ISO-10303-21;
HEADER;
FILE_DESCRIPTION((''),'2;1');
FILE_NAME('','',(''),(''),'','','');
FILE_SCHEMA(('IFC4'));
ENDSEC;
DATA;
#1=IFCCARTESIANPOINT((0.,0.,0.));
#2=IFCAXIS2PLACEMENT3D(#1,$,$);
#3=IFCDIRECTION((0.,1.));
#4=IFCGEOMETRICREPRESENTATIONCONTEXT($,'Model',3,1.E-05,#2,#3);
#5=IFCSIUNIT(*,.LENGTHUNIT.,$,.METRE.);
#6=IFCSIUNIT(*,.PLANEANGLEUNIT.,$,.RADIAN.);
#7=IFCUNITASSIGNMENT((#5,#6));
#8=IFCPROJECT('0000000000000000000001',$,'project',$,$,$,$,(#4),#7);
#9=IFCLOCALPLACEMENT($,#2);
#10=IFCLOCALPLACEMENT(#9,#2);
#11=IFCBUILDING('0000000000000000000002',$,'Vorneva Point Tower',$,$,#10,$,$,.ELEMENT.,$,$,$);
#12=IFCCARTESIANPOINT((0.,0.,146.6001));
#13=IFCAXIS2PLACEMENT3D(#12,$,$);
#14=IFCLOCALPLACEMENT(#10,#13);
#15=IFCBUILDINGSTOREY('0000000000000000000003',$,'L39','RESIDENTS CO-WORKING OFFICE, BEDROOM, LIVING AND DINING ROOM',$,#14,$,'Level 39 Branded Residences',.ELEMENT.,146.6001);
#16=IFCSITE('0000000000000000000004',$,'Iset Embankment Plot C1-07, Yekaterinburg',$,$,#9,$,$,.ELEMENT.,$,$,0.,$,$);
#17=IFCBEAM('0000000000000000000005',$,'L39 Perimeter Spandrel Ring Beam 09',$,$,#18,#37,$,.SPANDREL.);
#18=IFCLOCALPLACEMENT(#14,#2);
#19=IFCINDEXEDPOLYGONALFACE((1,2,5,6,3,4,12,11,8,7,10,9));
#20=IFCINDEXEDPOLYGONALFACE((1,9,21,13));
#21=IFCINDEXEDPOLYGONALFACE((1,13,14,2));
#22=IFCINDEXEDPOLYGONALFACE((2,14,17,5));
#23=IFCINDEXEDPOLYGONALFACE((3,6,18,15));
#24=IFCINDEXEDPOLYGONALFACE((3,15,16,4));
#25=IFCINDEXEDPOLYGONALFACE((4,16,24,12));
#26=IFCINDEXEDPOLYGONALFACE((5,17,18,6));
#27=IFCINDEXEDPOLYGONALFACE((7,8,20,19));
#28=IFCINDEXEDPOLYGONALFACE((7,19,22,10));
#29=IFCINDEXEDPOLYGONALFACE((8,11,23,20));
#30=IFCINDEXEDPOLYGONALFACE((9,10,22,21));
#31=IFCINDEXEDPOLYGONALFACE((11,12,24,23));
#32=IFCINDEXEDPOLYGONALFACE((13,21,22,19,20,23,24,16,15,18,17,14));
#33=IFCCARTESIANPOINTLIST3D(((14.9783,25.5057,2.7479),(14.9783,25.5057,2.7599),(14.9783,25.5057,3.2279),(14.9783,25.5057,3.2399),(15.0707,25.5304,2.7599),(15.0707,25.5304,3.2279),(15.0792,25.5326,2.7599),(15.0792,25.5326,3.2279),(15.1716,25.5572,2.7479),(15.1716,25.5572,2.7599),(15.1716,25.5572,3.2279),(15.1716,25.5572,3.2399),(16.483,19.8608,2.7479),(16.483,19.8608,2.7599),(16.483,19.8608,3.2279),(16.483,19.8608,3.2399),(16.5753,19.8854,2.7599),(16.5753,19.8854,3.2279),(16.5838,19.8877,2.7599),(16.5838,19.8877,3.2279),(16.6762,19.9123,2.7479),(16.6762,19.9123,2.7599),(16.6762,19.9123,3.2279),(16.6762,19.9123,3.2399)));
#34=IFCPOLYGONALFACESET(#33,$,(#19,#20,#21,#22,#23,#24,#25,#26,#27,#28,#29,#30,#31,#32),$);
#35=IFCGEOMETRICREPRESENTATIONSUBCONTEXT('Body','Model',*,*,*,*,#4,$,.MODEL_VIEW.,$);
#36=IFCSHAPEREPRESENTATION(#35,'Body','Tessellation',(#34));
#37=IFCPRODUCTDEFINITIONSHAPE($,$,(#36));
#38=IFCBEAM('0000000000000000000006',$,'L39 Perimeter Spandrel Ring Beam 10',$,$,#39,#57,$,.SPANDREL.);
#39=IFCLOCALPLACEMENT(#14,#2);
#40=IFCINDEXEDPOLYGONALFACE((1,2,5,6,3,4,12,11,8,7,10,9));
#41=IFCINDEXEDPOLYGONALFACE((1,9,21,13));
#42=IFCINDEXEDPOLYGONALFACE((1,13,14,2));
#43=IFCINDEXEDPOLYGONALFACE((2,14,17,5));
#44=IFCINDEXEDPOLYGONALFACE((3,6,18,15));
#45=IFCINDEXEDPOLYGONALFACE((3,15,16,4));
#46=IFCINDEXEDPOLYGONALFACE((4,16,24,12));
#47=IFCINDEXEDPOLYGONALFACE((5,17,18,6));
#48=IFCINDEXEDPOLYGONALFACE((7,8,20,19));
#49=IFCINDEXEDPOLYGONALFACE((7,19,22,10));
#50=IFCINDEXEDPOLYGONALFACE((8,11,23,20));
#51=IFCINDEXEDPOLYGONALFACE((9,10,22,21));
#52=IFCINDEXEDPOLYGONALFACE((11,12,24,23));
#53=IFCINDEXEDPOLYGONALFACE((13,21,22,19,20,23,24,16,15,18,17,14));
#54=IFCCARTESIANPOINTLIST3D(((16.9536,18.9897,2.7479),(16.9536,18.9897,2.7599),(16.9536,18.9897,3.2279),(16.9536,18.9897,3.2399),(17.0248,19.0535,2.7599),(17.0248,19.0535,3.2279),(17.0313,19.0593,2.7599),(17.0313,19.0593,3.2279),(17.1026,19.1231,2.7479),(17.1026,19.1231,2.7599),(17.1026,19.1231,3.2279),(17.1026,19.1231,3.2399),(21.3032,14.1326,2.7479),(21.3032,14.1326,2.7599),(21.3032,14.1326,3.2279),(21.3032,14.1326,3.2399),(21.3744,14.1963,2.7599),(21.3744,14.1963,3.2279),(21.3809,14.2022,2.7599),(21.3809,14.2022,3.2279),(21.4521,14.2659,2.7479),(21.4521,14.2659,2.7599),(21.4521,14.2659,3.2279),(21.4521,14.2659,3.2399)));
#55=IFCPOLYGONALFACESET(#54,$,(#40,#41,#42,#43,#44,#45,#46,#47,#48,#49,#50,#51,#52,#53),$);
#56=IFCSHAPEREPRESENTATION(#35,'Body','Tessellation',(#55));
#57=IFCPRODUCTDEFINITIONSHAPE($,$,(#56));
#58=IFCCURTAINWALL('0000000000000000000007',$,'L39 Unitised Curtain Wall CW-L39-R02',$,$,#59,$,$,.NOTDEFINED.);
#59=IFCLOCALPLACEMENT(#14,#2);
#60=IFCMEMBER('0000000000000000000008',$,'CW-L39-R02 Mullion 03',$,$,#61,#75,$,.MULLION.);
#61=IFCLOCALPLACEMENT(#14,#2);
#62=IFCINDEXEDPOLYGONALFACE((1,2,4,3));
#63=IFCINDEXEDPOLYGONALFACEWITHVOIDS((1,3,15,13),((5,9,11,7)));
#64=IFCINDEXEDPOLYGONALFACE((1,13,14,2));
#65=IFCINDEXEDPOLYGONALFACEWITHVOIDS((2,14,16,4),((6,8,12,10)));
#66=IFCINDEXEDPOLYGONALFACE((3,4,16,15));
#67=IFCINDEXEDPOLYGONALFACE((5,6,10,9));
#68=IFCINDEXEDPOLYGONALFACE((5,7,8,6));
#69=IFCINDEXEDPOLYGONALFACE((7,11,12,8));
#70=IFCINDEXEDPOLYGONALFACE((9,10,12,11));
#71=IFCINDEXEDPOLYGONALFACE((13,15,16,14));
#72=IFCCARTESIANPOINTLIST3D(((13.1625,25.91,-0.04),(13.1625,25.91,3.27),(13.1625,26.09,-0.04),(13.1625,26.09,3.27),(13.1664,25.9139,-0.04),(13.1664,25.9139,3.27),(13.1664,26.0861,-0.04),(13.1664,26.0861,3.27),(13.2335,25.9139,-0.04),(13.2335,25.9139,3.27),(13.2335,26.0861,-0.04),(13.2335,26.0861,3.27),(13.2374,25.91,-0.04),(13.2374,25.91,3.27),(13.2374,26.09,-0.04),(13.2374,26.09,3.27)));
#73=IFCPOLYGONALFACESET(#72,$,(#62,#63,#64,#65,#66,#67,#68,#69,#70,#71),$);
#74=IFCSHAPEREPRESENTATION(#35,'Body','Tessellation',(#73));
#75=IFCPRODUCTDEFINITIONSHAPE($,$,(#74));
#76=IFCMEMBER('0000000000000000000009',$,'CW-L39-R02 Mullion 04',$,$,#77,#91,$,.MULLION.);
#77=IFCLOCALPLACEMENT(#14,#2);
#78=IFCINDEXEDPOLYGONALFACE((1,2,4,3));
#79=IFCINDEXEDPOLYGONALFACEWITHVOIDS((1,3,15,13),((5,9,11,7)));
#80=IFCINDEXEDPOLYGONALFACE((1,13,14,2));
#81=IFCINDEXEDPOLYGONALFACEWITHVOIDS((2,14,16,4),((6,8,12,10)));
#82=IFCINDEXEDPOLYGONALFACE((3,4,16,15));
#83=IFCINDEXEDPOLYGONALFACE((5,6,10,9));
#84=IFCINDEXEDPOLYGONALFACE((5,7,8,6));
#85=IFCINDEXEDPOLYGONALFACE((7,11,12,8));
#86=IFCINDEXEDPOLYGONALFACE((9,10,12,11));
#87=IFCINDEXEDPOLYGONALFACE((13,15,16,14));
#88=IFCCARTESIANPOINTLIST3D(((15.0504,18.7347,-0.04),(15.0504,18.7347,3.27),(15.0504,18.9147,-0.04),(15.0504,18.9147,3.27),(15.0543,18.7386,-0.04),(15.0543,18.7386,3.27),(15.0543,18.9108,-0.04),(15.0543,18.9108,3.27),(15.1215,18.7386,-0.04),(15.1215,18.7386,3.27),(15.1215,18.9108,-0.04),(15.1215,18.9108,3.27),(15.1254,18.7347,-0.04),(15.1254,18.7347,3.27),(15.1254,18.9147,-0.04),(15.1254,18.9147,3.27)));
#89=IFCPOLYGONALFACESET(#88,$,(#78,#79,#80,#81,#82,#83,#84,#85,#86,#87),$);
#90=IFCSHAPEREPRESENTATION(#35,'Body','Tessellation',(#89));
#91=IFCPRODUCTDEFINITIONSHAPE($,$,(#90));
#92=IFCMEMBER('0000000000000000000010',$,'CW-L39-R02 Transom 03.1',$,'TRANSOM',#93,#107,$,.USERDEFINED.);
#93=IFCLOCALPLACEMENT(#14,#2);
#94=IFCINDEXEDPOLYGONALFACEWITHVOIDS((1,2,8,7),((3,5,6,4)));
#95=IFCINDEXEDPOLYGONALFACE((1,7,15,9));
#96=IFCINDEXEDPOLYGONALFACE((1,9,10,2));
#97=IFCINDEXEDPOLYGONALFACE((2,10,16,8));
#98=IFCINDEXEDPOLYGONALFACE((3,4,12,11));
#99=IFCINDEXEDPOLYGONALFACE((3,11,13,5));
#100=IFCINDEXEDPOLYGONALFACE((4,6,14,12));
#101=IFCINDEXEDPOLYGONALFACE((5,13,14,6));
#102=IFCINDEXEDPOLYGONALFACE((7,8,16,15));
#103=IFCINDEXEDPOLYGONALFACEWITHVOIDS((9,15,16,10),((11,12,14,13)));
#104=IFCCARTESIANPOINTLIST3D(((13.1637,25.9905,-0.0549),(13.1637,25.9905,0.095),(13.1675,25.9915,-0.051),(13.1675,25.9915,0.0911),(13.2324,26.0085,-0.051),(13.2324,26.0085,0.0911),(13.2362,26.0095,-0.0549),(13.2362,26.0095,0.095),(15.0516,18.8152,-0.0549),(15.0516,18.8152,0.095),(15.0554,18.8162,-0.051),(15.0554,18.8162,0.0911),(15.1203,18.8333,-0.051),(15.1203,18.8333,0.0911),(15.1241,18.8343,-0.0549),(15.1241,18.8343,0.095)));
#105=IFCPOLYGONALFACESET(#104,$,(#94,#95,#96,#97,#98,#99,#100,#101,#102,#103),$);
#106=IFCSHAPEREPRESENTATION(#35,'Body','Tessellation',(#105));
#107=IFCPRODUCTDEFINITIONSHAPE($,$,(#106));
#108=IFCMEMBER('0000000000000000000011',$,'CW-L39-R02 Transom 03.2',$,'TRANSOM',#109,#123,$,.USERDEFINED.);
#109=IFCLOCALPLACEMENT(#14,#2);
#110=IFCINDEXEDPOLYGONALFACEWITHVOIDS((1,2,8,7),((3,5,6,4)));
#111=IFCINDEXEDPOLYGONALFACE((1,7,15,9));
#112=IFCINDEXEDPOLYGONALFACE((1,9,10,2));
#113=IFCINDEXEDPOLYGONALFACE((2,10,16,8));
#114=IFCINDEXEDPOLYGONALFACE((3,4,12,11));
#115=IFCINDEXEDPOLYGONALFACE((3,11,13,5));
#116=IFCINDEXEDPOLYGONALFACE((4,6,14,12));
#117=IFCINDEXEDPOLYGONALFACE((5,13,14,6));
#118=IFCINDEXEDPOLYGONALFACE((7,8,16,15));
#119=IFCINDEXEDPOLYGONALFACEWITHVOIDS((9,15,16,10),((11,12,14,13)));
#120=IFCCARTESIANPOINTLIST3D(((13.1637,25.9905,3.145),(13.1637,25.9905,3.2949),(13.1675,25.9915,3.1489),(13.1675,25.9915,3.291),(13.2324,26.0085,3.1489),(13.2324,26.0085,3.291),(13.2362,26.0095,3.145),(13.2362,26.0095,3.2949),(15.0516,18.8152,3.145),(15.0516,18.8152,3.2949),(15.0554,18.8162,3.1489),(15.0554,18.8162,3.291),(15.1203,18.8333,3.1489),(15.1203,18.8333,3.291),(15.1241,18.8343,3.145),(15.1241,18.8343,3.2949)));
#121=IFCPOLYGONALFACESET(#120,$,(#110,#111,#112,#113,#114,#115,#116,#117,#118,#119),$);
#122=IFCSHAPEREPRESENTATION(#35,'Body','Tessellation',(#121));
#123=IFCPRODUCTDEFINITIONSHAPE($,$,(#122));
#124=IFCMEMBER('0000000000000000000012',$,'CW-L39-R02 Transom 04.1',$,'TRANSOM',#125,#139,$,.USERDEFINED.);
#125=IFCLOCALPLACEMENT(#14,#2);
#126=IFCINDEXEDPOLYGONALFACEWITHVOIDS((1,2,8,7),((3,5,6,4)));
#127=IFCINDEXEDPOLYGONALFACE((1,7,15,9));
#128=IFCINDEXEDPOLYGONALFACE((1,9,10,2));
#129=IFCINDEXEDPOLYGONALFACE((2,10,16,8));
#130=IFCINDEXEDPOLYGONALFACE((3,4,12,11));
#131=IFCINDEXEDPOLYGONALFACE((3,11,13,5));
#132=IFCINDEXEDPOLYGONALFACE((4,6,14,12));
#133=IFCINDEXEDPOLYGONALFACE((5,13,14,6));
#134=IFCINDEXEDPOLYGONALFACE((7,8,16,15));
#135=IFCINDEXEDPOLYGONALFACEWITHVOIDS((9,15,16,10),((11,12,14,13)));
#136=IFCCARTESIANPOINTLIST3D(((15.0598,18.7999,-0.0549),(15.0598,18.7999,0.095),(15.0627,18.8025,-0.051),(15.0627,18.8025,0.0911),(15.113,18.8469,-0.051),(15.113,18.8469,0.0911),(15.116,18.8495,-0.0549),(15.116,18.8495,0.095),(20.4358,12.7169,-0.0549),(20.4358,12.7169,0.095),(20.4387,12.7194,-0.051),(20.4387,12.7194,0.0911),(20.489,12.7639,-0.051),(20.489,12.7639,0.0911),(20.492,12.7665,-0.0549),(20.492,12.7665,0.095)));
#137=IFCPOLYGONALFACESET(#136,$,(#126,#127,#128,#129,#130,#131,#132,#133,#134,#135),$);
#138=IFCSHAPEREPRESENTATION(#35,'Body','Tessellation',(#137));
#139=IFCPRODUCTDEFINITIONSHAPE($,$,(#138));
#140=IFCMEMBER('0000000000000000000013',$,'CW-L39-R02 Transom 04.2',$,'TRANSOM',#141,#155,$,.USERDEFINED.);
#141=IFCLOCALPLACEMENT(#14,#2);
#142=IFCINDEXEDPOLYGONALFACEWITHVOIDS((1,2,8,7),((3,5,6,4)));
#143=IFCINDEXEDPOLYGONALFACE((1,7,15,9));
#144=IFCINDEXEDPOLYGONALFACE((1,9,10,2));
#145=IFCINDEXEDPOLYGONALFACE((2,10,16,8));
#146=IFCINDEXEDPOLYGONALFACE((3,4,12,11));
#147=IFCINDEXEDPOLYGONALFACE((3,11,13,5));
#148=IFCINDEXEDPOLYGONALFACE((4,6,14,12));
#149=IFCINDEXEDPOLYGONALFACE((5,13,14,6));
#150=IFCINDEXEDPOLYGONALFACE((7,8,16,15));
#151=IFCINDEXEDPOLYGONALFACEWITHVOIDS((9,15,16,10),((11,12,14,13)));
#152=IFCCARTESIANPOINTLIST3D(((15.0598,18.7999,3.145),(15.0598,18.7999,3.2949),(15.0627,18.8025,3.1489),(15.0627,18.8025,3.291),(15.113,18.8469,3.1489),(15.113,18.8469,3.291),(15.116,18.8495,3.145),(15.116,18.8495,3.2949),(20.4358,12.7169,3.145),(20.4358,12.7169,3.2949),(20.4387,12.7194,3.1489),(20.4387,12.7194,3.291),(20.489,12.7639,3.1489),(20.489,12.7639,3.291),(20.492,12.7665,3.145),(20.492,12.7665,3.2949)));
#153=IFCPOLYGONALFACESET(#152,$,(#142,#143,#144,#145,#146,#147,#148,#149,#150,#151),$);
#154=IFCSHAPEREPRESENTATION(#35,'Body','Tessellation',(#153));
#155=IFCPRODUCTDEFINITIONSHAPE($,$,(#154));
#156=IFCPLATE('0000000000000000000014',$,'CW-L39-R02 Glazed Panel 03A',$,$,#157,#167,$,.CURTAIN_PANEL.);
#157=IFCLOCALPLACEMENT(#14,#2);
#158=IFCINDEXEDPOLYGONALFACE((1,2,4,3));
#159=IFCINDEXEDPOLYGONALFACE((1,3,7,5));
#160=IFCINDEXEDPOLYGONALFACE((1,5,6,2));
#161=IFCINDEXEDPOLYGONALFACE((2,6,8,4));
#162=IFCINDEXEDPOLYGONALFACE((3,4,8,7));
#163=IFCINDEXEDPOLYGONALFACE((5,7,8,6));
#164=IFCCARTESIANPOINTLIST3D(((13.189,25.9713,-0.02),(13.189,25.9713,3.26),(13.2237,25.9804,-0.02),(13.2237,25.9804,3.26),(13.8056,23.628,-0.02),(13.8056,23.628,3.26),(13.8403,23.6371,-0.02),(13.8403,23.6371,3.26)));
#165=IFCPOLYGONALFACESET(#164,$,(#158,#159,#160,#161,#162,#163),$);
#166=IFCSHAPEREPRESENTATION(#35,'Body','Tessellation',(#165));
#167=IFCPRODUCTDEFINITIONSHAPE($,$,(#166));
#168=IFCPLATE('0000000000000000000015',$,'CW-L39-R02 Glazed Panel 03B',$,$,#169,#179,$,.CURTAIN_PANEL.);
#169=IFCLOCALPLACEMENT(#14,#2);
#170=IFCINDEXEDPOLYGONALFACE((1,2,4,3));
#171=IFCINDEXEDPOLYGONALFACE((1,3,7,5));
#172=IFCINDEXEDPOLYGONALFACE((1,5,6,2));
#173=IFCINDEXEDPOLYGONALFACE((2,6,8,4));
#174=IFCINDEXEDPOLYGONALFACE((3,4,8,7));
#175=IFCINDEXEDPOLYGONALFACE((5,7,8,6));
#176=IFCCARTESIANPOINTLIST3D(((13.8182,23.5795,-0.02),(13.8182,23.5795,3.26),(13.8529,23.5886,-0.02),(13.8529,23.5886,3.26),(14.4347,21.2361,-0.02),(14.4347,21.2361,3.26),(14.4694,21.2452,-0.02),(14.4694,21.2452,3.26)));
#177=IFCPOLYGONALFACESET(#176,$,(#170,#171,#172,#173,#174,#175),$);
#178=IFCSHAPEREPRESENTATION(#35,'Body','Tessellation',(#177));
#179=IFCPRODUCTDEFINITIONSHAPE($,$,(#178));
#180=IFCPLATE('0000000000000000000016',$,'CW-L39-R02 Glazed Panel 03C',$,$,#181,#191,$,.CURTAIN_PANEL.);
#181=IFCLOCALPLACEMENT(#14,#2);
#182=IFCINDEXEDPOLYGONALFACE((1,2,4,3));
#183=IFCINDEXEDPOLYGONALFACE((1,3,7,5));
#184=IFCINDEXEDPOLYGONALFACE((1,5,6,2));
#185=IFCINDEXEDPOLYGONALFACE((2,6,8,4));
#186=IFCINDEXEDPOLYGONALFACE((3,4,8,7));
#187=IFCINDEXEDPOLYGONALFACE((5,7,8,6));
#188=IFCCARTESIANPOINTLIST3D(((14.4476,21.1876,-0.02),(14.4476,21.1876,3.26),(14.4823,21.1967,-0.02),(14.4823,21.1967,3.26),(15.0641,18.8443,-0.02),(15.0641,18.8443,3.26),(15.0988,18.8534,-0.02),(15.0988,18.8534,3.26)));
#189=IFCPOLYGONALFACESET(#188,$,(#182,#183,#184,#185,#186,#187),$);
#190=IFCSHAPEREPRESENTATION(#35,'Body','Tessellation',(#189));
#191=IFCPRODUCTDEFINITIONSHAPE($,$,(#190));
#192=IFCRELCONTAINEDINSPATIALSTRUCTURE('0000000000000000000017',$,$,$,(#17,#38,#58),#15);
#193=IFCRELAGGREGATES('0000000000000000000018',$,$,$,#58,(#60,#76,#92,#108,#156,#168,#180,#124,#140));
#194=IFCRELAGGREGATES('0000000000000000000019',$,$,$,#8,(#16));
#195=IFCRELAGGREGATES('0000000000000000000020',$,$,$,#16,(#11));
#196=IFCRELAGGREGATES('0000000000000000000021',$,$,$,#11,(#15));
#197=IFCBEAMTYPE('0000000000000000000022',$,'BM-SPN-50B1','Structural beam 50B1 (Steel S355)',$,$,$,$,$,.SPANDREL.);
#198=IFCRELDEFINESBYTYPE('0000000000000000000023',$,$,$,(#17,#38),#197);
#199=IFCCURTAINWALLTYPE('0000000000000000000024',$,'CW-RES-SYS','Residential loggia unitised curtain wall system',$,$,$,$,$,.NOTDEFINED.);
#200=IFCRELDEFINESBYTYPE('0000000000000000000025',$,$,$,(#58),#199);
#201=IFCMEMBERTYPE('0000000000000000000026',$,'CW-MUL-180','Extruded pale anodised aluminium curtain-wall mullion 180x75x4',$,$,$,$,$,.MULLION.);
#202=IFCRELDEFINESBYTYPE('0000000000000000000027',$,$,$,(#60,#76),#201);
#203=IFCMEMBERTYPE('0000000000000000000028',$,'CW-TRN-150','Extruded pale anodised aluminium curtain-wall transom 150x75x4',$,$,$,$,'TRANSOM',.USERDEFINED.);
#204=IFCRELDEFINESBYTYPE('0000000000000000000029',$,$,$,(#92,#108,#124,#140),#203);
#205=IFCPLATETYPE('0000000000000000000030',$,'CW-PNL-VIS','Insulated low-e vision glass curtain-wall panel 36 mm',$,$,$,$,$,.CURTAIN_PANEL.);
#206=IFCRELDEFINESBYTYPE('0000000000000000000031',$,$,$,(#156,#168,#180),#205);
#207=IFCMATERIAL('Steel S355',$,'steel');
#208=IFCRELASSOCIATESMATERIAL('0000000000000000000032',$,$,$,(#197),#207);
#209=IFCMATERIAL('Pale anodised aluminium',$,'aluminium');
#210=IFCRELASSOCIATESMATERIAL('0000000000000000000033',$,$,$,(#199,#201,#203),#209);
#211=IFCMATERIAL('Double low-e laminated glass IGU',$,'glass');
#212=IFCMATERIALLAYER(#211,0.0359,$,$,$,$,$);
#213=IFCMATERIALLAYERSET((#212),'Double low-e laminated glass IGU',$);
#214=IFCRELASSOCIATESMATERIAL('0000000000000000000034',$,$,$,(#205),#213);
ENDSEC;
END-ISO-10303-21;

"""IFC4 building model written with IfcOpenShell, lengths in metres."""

from ifc_helpers import new_model, si_unit, direction, frame, origin, origin_2d, place, context, subcontext, project, spatial, rectangle, hollow_rectangle, i_section, extrude, material, layer, layer_set, material_profile, profile_set, type_object, element, aggregate, save


model = new_model("IFC4")

# Units and contexts
model_context = context("Model", 3, precision=1e-05, world=origin(), true_north=direction((0.0, 1.0)))
body_context = subcontext(model_context, "Body", "Model", "MODEL_VIEW")
ifc_project = project(units=[si_unit("LENGTHUNIT", "METRE"), si_unit("PLANEANGLEUNIT", "RADIAN")], contexts=[model_context])

# Site, building, storey
site_placement = place(None, origin())
site = spatial("IfcSite", under=ifc_project, at=site_placement, Name="Iset Embankment Plot C1-07, Yekaterinburg", CompositionType="ELEMENT", RefElevation=0.0)
building_placement = place(site_placement, origin())
building = spatial("IfcBuilding", under=site, at=building_placement, Name="Vorneva Point Tower", CompositionType="ELEMENT")
storey_placement = place(building_placement, frame((0.0, 0.0, 146.6001)))
storey = spatial("IfcBuildingStorey", under=building, at=storey_placement, Name="L39", Description="RESIDENTS CO-WORKING OFFICE, BEDROOM, LIVING AND DINING ROOM", LongName="Level 39 Branded Residences", CompositionType="ELEMENT", Elevation=146.6001)

# Beams
ifc_material_1 = material(Name="Steel S355", Category="steel")
ifc_material_profile_1 = material_profile(ifc_material_1, i_section(OverallWidth=0.2, OverallDepth=0.4919, WebThickness=0.0088, FlangeThickness=0.012, at=origin_2d()), Name="50B1")
ifc_profile_set_1 = profile_set([ifc_material_profile_1], Name="Steel S355")
beam_type_1 = type_object("IfcBeamType", Name="BM-SPN-50B1", Description="Structural beam 50B1 (Steel S355)", PredefinedType="SPANDREL", material=ifc_profile_set_1)
beam_1_placement = place(storey_placement, frame((15.075, 25.5315, 2.9939), z_axis=(0.257551, -0.966265, 0.0), x_axis=(0.966265, 0.257551, 0.0)))
element("IfcBeam", 1, at=beam_1_placement, inside=storey, type_object=beam_type_1, Name="L39 Perimeter Spandrel Ring Beam 09", PredefinedType="SPANDREL", context=body_context, shape_type="SweptSolid", body=[
    extrude(i_section(OverallWidth=0.2, OverallDepth=0.4919, WebThickness=0.0088, FlangeThickness=0.012, at=origin_2d()), origin(), (0.0, 0.0, 1.0), 5.842),
])
beam_2_placement = place(storey_placement, frame((17.0281, 19.0564, 2.9939), z_axis=(0.667111, -0.744958, 0.0), x_axis=(0.744958, 0.667111, 0.0)))
element("IfcBeam", 2, at=beam_2_placement, inside=storey, type_object=beam_type_1, Name="L39 Perimeter Spandrel Ring Beam 10", PredefinedType="SPANDREL", context=body_context, shape_type="SweptSolid", body=[
    extrude(i_section(OverallWidth=0.2, OverallDepth=0.4919, WebThickness=0.0088, FlangeThickness=0.012, at=origin_2d()), origin(), (0.0, 0.0, 1.0), 6.52),
])

# Curtain wall, members, plates
ifc_material_2 = material(Name="Pale anodised aluminium", Category="aluminium")
curtain_wall_type = type_object("IfcCurtainWallType", Name="CW-RES-SYS", Description="Residential loggia unitised curtain wall system", PredefinedType="NOTDEFINED", material=ifc_material_2)
curtain_wall_placement = place(storey_placement, origin())
curtain_wall = element("IfcCurtainWall", 3, at=curtain_wall_placement, inside=storey, type_object=curtain_wall_type, Name="L39 Unitised Curtain Wall CW-L39-R02", PredefinedType="NOTDEFINED")
ifc_material_profile_2 = material_profile(ifc_material_2, hollow_rectangle(XDim=0.075, YDim=0.1799, WallThickness=0.0039, at=origin_2d()), Name="AL-MUL 180x75x4")
ifc_profile_set_2 = profile_set([ifc_material_profile_2], Name="Pale anodised aluminium")
member_type_1 = type_object("IfcMemberType", Name="CW-MUL-180", Description="Extruded pale anodised aluminium curtain-wall mullion 180x75x4", PredefinedType="MULLION", material=ifc_profile_set_2)
member_1_placement = place(storey_placement, frame((13.2, 26.0, -0.04), z_axis=(0.0, 0.0, 1.0), x_axis=(1.0, 0.0, 0.0)))
member_1 = element("IfcMember", 4, at=member_1_placement, type_object=member_type_1, Name="CW-L39-R02 Mullion 03", PredefinedType="MULLION", context=body_context, shape_type="SweptSolid", body=[
    extrude(hollow_rectangle(XDim=0.075, YDim=0.1799, WallThickness=0.0039, at=origin_2d()), origin(), (0.0, 0.0, 1.0), 3.3101),
])
member_2_placement = place(storey_placement, frame((15.0879, 18.8247, -0.04), z_axis=(0.0, 0.0, 1.0), x_axis=(1.0, 0.0, 0.0)))
member_2 = element("IfcMember", 5, at=member_2_placement, type_object=member_type_1, Name="CW-L39-R02 Mullion 04", PredefinedType="MULLION", context=body_context, shape_type="SweptSolid", body=[
    extrude(hollow_rectangle(XDim=0.075, YDim=0.1799, WallThickness=0.0039, at=origin_2d()), origin(), (0.0, 0.0, 1.0), 3.3101),
])
ifc_material_profile_3 = material_profile(ifc_material_2, hollow_rectangle(XDim=0.075, YDim=0.1499, WallThickness=0.0039, at=origin_2d()), Name="AL-TRN 150x75x4")
ifc_profile_set_3 = profile_set([ifc_material_profile_3], Name="Pale anodised aluminium")
member_type_2 = type_object("IfcMemberType", Name="CW-TRN-150", Description="Extruded pale anodised aluminium curtain-wall transom 150x75x4", ElementType="TRANSOM", PredefinedType="USERDEFINED", material=ifc_profile_set_3)
member_3_placement = place(storey_placement, frame((13.2, 26.0, 0.02), z_axis=(0.254456, -0.967084, 0.0), x_axis=(0.967084, 0.254456, 0.0)))
member_3 = element("IfcMember", 6, at=member_3_placement, type_object=member_type_2, Name="CW-L39-R02 Transom 03.1", ObjectType="TRANSOM", PredefinedType="USERDEFINED", context=body_context, shape_type="SweptSolid", body=[
    extrude(hollow_rectangle(XDim=0.075, YDim=0.1499, WallThickness=0.0039, at=origin_2d()), origin(), (0.0, 0.0, 1.0), 7.4194),
])
member_4_placement = place(storey_placement, frame((13.2, 26.0, 3.22), z_axis=(0.254456, -0.967084, 0.0), x_axis=(0.967084, 0.254456, 0.0)))
member_4 = element("IfcMember", 7, at=member_4_placement, type_object=member_type_2, Name="CW-L39-R02 Transom 03.2", ObjectType="TRANSOM", PredefinedType="USERDEFINED", context=body_context, shape_type="SweptSolid", body=[
    extrude(hollow_rectangle(XDim=0.075, YDim=0.1499, WallThickness=0.0039, at=origin_2d()), origin(), (0.0, 0.0, 1.0), 7.4194),
])
member_5_placement = place(storey_placement, frame((15.0879, 18.8247, 0.02), z_axis=(0.662218, -0.749311, 0.0), x_axis=(0.749311, 0.662218, 0.0)))
member_5 = element("IfcMember", 8, at=member_5_placement, type_object=member_type_2, Name="CW-L39-R02 Transom 04.1", ObjectType="TRANSOM", PredefinedType="USERDEFINED", context=body_context, shape_type="SweptSolid", body=[
    extrude(hollow_rectangle(XDim=0.075, YDim=0.1499, WallThickness=0.0039, at=origin_2d()), origin(), (0.0, 0.0, 1.0), 8.1182),
])
member_6_placement = place(storey_placement, frame((15.0879, 18.8247, 3.22), z_axis=(0.662218, -0.749311, 0.0), x_axis=(0.749311, 0.662218, 0.0)))
member_6 = element("IfcMember", 9, at=member_6_placement, type_object=member_type_2, Name="CW-L39-R02 Transom 04.2", ObjectType="TRANSOM", PredefinedType="USERDEFINED", context=body_context, shape_type="SweptSolid", body=[
    extrude(hollow_rectangle(XDim=0.075, YDim=0.1499, WallThickness=0.0039, at=origin_2d()), origin(), (0.0, 0.0, 1.0), 8.1182),
])
ifc_material_3 = material(Name="Double low-e laminated glass IGU", Category="glass")
ifc_layer_1 = layer(ifc_material_3, 0.0359)
ifc_layer_set_1 = layer_set([ifc_layer_1], Name="Double low-e laminated glass IGU")
plate_type = type_object("IfcPlateType", Name="CW-PNL-VIS", Description="Insulated low-e vision glass curtain-wall panel 36 mm", PredefinedType="CURTAIN_PANEL", material=ifc_layer_set_1)
plate_1_placement = place(storey_placement, frame((13.5146, 24.8042, -0.02), z_axis=(0.0, 0.0, 1.0), x_axis=(0.254433, -0.96709, 0.0)))
plate_1 = element("IfcPlate", 10, at=plate_1_placement, type_object=plate_type, Name="CW-L39-R02 Glazed Panel 03A", PredefinedType="CURTAIN_PANEL", context=body_context, shape_type="SweptSolid", body=[
    extrude(rectangle(XDim=2.4231, YDim=0.0359, at=origin_2d()), origin(), (0.0, 0.0, 1.0), 3.28),
])
plate_2_placement = place(storey_placement, frame((14.1438, 22.4124, -0.02), z_axis=(0.0, 0.0, 1.0), x_axis=(0.254433, -0.96709, 0.0)))
plate_2 = element("IfcPlate", 11, at=plate_2_placement, type_object=plate_type, Name="CW-L39-R02 Glazed Panel 03B", PredefinedType="CURTAIN_PANEL", context=body_context, shape_type="SweptSolid", body=[
    extrude(rectangle(XDim=2.4231, YDim=0.0359, at=origin_2d()), origin(), (0.0, 0.0, 1.0), 3.28),
])
plate_3_placement = place(storey_placement, frame((14.7732, 20.0205, -0.02), z_axis=(0.0, 0.0, 1.0), x_axis=(0.254433, -0.96709, 0.0)))
plate_3 = element("IfcPlate", 12, at=plate_3_placement, type_object=plate_type, Name="CW-L39-R02 Glazed Panel 03C", PredefinedType="CURTAIN_PANEL", context=body_context, shape_type="SweptSolid", body=[
    extrude(rectangle(XDim=2.4231, YDim=0.0359, at=origin_2d()), origin(), (0.0, 0.0, 1.0), 3.28),
])
aggregate(curtain_wall, [member_1, member_2, member_3, member_4, plate_1, plate_2, plate_3, member_5, member_6])

save(model, "model.ifc")
